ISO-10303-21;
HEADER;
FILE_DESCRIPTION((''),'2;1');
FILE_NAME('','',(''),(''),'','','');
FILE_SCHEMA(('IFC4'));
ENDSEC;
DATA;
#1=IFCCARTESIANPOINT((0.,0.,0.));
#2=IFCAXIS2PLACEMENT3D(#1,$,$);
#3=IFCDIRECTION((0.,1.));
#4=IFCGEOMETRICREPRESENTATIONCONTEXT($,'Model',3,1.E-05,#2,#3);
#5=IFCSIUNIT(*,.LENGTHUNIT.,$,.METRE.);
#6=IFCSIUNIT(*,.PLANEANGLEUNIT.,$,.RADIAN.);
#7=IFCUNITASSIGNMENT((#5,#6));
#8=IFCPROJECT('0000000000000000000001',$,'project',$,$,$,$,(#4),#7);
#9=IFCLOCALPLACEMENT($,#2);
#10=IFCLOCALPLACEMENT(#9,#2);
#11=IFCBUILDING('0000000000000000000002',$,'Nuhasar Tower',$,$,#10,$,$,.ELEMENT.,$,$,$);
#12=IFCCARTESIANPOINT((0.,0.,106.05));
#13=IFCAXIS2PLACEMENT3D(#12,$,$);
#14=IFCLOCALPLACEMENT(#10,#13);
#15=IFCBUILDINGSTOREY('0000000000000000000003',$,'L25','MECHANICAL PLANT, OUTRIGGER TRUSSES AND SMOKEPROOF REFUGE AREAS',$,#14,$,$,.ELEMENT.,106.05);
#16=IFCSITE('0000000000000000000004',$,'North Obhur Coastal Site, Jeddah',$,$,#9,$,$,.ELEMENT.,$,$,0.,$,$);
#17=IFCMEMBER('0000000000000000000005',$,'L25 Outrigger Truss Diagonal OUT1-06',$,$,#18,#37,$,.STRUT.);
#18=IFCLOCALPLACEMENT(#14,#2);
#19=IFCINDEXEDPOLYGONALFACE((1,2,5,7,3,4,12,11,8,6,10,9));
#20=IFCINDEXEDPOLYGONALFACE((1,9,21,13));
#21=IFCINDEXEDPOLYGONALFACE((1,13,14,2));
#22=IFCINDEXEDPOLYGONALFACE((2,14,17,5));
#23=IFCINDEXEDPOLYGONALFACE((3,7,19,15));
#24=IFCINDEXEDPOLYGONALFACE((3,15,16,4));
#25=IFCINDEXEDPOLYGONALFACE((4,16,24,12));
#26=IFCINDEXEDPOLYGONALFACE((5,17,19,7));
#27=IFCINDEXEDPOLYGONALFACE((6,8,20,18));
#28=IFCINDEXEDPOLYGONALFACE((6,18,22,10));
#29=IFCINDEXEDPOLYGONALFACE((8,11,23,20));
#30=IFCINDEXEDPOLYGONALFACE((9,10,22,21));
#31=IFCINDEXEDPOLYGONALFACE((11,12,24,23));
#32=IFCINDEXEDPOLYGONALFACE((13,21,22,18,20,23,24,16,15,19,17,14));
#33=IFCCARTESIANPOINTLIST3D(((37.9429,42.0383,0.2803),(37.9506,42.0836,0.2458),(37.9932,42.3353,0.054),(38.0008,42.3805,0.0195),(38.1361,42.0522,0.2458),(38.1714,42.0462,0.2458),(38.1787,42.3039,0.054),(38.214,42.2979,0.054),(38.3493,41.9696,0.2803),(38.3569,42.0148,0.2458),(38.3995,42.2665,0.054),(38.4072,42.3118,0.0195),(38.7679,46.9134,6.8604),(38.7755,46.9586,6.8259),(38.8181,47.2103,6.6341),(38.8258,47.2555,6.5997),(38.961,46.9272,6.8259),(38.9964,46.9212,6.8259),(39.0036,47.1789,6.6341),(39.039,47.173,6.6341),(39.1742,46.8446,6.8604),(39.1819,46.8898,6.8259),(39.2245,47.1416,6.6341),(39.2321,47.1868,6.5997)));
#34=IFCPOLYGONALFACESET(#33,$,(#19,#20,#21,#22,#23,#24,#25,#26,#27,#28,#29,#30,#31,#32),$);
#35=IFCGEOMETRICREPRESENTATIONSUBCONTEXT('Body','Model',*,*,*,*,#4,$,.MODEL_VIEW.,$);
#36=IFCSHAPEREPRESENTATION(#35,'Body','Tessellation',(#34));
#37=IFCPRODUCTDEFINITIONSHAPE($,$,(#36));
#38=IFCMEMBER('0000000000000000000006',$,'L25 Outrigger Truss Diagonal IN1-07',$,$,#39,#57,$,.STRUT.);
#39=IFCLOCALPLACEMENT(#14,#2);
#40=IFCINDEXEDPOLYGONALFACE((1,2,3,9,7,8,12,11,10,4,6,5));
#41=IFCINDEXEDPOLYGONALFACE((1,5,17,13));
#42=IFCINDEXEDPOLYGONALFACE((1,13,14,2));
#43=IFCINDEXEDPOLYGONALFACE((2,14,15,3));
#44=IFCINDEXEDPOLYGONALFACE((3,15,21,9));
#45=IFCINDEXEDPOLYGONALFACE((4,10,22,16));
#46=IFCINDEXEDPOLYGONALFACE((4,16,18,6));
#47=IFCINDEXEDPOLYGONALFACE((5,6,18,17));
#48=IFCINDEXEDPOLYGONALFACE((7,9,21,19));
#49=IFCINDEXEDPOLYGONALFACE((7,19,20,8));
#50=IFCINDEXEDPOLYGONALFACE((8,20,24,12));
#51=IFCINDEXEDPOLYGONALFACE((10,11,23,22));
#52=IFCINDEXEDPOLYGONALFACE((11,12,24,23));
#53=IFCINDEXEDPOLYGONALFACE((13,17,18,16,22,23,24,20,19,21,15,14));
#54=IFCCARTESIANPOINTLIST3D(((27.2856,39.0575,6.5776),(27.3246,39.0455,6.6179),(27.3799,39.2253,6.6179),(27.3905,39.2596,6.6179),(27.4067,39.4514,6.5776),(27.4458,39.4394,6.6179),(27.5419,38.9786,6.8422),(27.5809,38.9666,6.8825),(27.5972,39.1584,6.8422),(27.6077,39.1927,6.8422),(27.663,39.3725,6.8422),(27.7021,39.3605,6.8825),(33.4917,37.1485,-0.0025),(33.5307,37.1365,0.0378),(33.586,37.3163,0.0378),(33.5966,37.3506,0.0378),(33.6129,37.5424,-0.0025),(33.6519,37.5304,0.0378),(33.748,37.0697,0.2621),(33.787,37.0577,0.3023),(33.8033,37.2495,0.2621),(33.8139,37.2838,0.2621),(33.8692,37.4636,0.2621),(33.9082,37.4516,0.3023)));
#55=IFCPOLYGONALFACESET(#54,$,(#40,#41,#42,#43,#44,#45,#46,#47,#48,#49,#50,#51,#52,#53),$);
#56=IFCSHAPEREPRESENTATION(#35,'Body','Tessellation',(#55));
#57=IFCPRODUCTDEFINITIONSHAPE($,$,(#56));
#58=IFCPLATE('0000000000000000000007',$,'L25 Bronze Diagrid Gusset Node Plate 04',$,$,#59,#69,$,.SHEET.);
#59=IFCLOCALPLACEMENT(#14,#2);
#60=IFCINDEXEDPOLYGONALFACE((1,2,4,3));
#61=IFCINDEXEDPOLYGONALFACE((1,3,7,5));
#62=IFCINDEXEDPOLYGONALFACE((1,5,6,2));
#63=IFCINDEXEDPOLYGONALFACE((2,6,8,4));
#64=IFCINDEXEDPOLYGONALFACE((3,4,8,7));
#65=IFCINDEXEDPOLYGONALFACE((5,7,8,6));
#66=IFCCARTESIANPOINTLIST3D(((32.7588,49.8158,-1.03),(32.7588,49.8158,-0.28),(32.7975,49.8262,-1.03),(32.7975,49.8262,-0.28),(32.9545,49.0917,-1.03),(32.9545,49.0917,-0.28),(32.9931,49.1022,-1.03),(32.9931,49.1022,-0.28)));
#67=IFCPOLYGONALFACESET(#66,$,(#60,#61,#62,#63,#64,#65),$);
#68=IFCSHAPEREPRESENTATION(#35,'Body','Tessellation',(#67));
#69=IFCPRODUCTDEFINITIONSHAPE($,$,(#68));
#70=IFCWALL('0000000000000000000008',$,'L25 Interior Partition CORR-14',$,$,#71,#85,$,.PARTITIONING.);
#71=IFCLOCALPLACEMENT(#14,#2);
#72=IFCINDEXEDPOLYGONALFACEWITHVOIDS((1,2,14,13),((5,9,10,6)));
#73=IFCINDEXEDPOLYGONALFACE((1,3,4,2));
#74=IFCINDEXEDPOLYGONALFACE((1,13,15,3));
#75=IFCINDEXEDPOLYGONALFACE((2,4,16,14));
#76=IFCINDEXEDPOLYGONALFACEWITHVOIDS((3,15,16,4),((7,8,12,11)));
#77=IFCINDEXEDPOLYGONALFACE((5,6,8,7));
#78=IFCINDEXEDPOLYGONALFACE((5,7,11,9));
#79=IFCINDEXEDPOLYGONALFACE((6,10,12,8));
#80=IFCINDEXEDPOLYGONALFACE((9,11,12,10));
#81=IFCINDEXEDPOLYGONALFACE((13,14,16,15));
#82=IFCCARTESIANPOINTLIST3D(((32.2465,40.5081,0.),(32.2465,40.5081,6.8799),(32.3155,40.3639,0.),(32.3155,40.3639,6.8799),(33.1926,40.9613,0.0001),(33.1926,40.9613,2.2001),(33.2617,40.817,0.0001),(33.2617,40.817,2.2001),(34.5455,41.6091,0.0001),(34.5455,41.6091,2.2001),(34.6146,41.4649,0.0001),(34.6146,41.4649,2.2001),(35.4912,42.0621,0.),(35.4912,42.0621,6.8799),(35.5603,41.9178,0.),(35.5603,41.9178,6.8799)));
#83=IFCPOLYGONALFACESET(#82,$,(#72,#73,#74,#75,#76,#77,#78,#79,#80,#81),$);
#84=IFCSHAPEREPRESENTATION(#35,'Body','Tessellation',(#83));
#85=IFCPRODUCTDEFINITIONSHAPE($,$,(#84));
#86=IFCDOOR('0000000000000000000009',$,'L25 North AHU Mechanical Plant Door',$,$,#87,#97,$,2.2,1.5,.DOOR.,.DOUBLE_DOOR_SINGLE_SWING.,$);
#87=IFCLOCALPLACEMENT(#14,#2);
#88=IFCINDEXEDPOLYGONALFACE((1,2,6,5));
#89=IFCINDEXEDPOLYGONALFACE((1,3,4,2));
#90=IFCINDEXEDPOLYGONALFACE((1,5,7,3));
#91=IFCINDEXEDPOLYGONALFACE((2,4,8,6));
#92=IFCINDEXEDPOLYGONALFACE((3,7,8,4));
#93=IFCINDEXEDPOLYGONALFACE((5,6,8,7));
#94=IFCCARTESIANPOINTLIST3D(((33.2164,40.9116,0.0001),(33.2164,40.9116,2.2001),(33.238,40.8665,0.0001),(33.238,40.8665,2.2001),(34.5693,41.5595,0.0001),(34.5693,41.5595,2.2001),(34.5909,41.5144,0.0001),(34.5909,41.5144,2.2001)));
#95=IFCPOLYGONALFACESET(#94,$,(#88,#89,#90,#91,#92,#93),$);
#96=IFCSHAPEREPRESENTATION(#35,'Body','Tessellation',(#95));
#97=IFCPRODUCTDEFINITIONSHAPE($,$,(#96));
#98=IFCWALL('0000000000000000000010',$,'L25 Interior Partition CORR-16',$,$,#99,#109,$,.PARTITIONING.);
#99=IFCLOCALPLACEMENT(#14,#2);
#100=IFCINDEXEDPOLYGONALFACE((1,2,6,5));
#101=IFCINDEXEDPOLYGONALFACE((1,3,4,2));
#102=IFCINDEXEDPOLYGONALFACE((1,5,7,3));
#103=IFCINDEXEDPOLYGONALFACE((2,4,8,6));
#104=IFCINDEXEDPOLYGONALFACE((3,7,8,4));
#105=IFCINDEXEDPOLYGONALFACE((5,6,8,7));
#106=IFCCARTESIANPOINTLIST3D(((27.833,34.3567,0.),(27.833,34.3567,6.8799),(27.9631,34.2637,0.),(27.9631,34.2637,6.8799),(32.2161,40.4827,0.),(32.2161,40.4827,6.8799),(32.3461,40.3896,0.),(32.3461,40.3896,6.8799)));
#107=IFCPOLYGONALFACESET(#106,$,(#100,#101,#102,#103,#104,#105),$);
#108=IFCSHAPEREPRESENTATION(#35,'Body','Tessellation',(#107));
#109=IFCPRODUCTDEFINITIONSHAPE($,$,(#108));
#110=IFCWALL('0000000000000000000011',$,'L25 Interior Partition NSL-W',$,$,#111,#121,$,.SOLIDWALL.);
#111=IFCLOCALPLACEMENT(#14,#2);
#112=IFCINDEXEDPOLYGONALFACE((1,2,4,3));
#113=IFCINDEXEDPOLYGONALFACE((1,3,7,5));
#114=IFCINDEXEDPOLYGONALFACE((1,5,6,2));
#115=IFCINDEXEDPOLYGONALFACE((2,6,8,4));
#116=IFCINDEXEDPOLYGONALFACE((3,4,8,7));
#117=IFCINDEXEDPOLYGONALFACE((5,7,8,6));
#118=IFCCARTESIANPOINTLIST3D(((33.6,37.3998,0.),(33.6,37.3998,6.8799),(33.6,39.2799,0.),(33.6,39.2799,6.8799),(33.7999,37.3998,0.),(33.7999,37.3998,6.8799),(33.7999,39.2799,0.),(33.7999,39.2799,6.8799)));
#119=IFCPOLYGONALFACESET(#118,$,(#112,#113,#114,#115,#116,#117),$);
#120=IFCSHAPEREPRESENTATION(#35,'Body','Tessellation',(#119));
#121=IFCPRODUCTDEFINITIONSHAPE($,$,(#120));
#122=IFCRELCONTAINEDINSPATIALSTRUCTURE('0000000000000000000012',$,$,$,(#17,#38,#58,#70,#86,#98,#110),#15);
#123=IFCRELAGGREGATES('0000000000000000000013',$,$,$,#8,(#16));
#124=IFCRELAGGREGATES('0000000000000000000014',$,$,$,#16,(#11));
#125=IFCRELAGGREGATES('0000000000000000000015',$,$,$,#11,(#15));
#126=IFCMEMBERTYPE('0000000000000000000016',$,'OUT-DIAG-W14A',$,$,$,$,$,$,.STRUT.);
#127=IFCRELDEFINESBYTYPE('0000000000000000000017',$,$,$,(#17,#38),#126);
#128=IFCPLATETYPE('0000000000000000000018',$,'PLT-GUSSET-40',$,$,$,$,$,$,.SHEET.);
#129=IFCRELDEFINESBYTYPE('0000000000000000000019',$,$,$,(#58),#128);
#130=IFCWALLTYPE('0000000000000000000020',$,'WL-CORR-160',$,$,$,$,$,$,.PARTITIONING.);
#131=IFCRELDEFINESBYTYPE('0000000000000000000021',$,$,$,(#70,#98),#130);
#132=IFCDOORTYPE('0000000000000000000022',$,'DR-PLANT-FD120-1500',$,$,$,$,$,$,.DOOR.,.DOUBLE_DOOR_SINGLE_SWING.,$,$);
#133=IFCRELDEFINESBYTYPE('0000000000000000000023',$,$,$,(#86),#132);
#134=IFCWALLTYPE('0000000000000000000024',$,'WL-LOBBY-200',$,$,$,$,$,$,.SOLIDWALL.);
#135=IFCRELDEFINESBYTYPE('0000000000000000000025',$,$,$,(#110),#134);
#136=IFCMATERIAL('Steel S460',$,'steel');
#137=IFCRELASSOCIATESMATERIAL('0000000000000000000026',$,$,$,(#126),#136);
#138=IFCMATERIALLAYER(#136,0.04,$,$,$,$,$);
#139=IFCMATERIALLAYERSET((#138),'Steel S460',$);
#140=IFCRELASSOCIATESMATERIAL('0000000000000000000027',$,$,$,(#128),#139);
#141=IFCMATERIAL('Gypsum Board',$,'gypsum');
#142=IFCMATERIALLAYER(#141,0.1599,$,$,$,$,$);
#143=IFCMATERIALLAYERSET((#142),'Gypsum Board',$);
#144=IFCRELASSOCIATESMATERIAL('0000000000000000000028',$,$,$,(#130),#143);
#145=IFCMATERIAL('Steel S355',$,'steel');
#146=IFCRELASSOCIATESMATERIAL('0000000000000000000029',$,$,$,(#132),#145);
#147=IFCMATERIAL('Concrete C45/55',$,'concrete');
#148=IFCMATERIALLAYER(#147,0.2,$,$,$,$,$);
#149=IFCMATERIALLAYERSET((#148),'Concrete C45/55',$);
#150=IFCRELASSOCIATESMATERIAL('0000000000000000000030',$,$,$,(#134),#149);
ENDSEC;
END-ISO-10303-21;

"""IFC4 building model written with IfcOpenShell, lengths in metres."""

from ifc_helpers import new_model, si_unit, direction, frame, frame_2d, origin, origin_2d, place, context, subcontext, project, spatial, rectangle, i_section, extrude, material, layer, layer_set, material_profile, profile_set, type_object, element, fill, save


model = new_model("IFC4")

# Units and contexts
model_context = context("Model", 3, precision=1e-05, world=origin(), true_north=direction((0.0, 1.0)))
body_context = subcontext(model_context, "Body", "Model", "MODEL_VIEW")
ifc_project = project(units=[si_unit("LENGTHUNIT", "METRE"), si_unit("PLANEANGLEUNIT", "RADIAN")], contexts=[model_context])

# Site, building, storey
site_placement = place(None, origin())
site = spatial("IfcSite", under=ifc_project, at=site_placement, Name="North Obhur Coastal Site, Jeddah", CompositionType="ELEMENT", RefElevation=0.0)
building_placement = place(site_placement, origin())
building = spatial("IfcBuilding", under=site, at=building_placement, Name="Nuhasar Tower", CompositionType="ELEMENT")
storey_placement = place(building_placement, frame((0.0, 0.0, 106.05)))
storey = spatial("IfcBuildingStorey", under=building, at=storey_placement, Name="L25", Description="MECHANICAL PLANT, OUTRIGGER TRUSSES AND SMOKEPROOF REFUGE AREAS", CompositionType="ELEMENT", Elevation=106.05)

# Shared definitions
ifc_material_1 = material(Name="Steel S355", Category="steel")

# Members
ifc_material_2 = material(Name="Steel S460", Category="steel")
ifc_material_profile_1 = material_profile(ifc_material_2, i_section(OverallWidth=0.4121, OverallDepth=0.4341, WebThickness=0.0359, FlangeThickness=0.0574, at=origin_2d()), Name="W14X311")
ifc_profile_set_1 = profile_set([ifc_material_profile_1], Name="Steel S460")
member_type_1 = type_object("IfcMemberType", Name="OUT-DIAG-W14A", PredefinedType="STRUT", material=ifc_profile_set_1)
for number, where, z_axis, x_axis, name in (
    (1, (38.175, 42.175, 0.1499), (0.100229, 0.592298, 0.79946), (-0.985983, 0.166849, 0.0), "L25 Outrigger Truss Diagonal OUT1-06"),
):
    element("IfcMember", number, at=place(storey_placement, frame(where, z_axis=z_axis, x_axis=x_axis)), inside=storey, type_object=member_type_1, Name=name, PredefinedType="STRUT", context=body_context, shape_type="SweptSolid", body=[
        extrude(i_section(OverallWidth=0.4121, OverallDepth=0.4341, WebThickness=0.0359, FlangeThickness=0.0574, at=origin_2d()), origin(), (0.0, 0.0, 1.0), 8.2307),
    ])
member_1_placement = place(storey_placement, frame((33.7, 37.3, 0.1499), z_axis=(-0.671341, 0.206499, 0.711801), x_axis=(-0.293999, -0.955806, 0.0)))
element("IfcMember", 2, at=member_1_placement, inside=storey, type_object=member_type_1, Name="L25 Outrigger Truss Diagonal IN1-07", PredefinedType="STRUT", context=body_context, shape_type="SweptSolid", body=[
    extrude(i_section(OverallWidth=0.4121, OverallDepth=0.4341, WebThickness=0.0359, FlangeThickness=0.0574, at=origin_2d()), origin(), (0.0, 0.0, 1.0), 9.2444),
])

# Plate
ifc_layer_1 = layer(ifc_material_2, 0.04)
ifc_layer_set_1 = layer_set([ifc_layer_1], Name="Steel S460")
plate_type = type_object("IfcPlateType", Name="PLT-GUSSET-40", PredefinedType="SHEET", material=ifc_layer_set_1)
plate_placement = place(storey_placement, frame((32.876, 49.459, -1.03), z_axis=(0.0, 0.0, 1.0), x_axis=(-0.260909, 0.965363, 0.0)))
element("IfcPlate", 3, at=plate_placement, inside=storey, type_object=plate_type, Name="L25 Bronze Diagrid Gusset Node Plate 04", PredefinedType="SHEET", context=body_context, shape_type="SweptSolid", body=[
    extrude(rectangle(XDim=0.75, YDim=0.04, at=origin_2d()), origin(), (0.0, 0.0, 1.0), 0.75),
])

# Wall, opening, door
ifc_material_3 = material(Name="Gypsum Board", Category="gypsum")
ifc_layer_2 = layer(ifc_material_3, 0.1599)
ifc_layer_set_2 = layer_set([ifc_layer_2], Name="Gypsum Board")
wall_type_1 = type_object("IfcWallType", Name="WL-CORR-160", PredefinedType="PARTITIONING", material=ifc_layer_set_2)
wall_1_placement = place(storey_placement, frame((32.281, 40.436, 0.0), z_axis=(0.0, 0.0, 1.0), x_axis=(0.901911, 0.431921, 0.0)))
wall_1 = element("IfcWall", 4, at=wall_1_placement, inside=storey, type_object=wall_type_1, Name="L25 Interior Partition CORR-14", PredefinedType="PARTITIONING", context=body_context, shape_type="SweptSolid", body=[
    extrude(rectangle(XDim=3.5977, YDim=0.1599, at=frame_2d((1.7988, 0.0))), origin(), (0.0, 0.0, 1.0), 6.8799),
])
opening_1_placement = place(wall_1_placement, frame((1.0491, 0.0, 0.0)))
opening_1 = element("IfcOpeningElement", 5, at=opening_1_placement, cuts=wall_1, PredefinedType="OPENING", context=body_context, shape_type="SweptSolid", body=[
    extrude(rectangle(XDim=1.5, YDim=2.2, at=frame_2d((0.75, 1.1001))), frame((0.0, 0.0898, 0.0), z_axis=(0.0, -1.0, 0.0), x_axis=(1.0, 0.0, 0.0)), (0.0, 0.0, 1.0), 0.1799),
])
door_type_1 = type_object("IfcDoorType", Name="DR-PLANT-FD120-1500", OperationType="DOUBLE_DOOR_SINGLE_SWING", PredefinedType="DOOR", material=ifc_material_1)
door_1_placement = place(opening_1_placement, origin())
door_1 = element("IfcDoor", 6, at=door_1_placement, inside=storey, type_object=door_type_1, Name="L25 North AHU Mechanical Plant Door", OperationType="DOUBLE_DOOR_SINGLE_SWING", OverallHeight=2.2, OverallWidth=1.5, PredefinedType="DOOR", context=body_context, shape_type="SweptSolid", body=[
    extrude(rectangle(XDim=1.5, YDim=2.2, at=frame_2d((0.75, 1.1001))), frame((0.0, 0.0249, 0.0), z_axis=(0.0, -1.0, 0.0), x_axis=(1.0, 0.0, 0.0)), (0.0, 0.0, 1.0), 0.05),
])
fill(opening_1, door_1)

# Walls
wall_2_placement = place(storey_placement, frame((32.281, 40.436, 0.0), z_axis=(0.0, 0.0, 1.0), x_axis=(-0.581885, -0.813271, 0.0)))
element("IfcWall", 7, at=wall_2_placement, inside=storey, type_object=wall_type_1, Name="L25 Interior Partition CORR-16", PredefinedType="PARTITIONING", context=body_context, shape_type="SweptSolid", body=[
    extrude(rectangle(XDim=7.5325, YDim=0.1599, at=frame_2d((3.7661, 0.0))), origin(), (0.0, 0.0, 1.0), 6.8799),
])
ifc_material_4 = material(Name="Concrete C45/55", Category="concrete")
ifc_layer_3 = layer(ifc_material_4, 0.2)
ifc_layer_set_3 = layer_set([ifc_layer_3], Name="Concrete C45/55")
wall_type_2 = type_object("IfcWallType", Name="WL-LOBBY-200", PredefinedType="SOLIDWALL", material=ifc_layer_set_3)
wall_3_placement = place(storey_placement, frame((33.7, 37.3999, 0.0), z_axis=(0.0, 0.0, 1.0), x_axis=(0.0, 1.0, 0.0)))
element("IfcWall", 8, at=wall_3_placement, inside=storey, type_object=wall_type_2, Name="L25 Interior Partition NSL-W", PredefinedType="SOLIDWALL", context=body_context, shape_type="SweptSolid", body=[
    extrude(rectangle(XDim=1.8801, YDim=0.2, at=frame_2d((0.9399, 0.0))), origin(), (0.0, 0.0, 1.0), 6.8799),
])

save(model, "model.ifc")
